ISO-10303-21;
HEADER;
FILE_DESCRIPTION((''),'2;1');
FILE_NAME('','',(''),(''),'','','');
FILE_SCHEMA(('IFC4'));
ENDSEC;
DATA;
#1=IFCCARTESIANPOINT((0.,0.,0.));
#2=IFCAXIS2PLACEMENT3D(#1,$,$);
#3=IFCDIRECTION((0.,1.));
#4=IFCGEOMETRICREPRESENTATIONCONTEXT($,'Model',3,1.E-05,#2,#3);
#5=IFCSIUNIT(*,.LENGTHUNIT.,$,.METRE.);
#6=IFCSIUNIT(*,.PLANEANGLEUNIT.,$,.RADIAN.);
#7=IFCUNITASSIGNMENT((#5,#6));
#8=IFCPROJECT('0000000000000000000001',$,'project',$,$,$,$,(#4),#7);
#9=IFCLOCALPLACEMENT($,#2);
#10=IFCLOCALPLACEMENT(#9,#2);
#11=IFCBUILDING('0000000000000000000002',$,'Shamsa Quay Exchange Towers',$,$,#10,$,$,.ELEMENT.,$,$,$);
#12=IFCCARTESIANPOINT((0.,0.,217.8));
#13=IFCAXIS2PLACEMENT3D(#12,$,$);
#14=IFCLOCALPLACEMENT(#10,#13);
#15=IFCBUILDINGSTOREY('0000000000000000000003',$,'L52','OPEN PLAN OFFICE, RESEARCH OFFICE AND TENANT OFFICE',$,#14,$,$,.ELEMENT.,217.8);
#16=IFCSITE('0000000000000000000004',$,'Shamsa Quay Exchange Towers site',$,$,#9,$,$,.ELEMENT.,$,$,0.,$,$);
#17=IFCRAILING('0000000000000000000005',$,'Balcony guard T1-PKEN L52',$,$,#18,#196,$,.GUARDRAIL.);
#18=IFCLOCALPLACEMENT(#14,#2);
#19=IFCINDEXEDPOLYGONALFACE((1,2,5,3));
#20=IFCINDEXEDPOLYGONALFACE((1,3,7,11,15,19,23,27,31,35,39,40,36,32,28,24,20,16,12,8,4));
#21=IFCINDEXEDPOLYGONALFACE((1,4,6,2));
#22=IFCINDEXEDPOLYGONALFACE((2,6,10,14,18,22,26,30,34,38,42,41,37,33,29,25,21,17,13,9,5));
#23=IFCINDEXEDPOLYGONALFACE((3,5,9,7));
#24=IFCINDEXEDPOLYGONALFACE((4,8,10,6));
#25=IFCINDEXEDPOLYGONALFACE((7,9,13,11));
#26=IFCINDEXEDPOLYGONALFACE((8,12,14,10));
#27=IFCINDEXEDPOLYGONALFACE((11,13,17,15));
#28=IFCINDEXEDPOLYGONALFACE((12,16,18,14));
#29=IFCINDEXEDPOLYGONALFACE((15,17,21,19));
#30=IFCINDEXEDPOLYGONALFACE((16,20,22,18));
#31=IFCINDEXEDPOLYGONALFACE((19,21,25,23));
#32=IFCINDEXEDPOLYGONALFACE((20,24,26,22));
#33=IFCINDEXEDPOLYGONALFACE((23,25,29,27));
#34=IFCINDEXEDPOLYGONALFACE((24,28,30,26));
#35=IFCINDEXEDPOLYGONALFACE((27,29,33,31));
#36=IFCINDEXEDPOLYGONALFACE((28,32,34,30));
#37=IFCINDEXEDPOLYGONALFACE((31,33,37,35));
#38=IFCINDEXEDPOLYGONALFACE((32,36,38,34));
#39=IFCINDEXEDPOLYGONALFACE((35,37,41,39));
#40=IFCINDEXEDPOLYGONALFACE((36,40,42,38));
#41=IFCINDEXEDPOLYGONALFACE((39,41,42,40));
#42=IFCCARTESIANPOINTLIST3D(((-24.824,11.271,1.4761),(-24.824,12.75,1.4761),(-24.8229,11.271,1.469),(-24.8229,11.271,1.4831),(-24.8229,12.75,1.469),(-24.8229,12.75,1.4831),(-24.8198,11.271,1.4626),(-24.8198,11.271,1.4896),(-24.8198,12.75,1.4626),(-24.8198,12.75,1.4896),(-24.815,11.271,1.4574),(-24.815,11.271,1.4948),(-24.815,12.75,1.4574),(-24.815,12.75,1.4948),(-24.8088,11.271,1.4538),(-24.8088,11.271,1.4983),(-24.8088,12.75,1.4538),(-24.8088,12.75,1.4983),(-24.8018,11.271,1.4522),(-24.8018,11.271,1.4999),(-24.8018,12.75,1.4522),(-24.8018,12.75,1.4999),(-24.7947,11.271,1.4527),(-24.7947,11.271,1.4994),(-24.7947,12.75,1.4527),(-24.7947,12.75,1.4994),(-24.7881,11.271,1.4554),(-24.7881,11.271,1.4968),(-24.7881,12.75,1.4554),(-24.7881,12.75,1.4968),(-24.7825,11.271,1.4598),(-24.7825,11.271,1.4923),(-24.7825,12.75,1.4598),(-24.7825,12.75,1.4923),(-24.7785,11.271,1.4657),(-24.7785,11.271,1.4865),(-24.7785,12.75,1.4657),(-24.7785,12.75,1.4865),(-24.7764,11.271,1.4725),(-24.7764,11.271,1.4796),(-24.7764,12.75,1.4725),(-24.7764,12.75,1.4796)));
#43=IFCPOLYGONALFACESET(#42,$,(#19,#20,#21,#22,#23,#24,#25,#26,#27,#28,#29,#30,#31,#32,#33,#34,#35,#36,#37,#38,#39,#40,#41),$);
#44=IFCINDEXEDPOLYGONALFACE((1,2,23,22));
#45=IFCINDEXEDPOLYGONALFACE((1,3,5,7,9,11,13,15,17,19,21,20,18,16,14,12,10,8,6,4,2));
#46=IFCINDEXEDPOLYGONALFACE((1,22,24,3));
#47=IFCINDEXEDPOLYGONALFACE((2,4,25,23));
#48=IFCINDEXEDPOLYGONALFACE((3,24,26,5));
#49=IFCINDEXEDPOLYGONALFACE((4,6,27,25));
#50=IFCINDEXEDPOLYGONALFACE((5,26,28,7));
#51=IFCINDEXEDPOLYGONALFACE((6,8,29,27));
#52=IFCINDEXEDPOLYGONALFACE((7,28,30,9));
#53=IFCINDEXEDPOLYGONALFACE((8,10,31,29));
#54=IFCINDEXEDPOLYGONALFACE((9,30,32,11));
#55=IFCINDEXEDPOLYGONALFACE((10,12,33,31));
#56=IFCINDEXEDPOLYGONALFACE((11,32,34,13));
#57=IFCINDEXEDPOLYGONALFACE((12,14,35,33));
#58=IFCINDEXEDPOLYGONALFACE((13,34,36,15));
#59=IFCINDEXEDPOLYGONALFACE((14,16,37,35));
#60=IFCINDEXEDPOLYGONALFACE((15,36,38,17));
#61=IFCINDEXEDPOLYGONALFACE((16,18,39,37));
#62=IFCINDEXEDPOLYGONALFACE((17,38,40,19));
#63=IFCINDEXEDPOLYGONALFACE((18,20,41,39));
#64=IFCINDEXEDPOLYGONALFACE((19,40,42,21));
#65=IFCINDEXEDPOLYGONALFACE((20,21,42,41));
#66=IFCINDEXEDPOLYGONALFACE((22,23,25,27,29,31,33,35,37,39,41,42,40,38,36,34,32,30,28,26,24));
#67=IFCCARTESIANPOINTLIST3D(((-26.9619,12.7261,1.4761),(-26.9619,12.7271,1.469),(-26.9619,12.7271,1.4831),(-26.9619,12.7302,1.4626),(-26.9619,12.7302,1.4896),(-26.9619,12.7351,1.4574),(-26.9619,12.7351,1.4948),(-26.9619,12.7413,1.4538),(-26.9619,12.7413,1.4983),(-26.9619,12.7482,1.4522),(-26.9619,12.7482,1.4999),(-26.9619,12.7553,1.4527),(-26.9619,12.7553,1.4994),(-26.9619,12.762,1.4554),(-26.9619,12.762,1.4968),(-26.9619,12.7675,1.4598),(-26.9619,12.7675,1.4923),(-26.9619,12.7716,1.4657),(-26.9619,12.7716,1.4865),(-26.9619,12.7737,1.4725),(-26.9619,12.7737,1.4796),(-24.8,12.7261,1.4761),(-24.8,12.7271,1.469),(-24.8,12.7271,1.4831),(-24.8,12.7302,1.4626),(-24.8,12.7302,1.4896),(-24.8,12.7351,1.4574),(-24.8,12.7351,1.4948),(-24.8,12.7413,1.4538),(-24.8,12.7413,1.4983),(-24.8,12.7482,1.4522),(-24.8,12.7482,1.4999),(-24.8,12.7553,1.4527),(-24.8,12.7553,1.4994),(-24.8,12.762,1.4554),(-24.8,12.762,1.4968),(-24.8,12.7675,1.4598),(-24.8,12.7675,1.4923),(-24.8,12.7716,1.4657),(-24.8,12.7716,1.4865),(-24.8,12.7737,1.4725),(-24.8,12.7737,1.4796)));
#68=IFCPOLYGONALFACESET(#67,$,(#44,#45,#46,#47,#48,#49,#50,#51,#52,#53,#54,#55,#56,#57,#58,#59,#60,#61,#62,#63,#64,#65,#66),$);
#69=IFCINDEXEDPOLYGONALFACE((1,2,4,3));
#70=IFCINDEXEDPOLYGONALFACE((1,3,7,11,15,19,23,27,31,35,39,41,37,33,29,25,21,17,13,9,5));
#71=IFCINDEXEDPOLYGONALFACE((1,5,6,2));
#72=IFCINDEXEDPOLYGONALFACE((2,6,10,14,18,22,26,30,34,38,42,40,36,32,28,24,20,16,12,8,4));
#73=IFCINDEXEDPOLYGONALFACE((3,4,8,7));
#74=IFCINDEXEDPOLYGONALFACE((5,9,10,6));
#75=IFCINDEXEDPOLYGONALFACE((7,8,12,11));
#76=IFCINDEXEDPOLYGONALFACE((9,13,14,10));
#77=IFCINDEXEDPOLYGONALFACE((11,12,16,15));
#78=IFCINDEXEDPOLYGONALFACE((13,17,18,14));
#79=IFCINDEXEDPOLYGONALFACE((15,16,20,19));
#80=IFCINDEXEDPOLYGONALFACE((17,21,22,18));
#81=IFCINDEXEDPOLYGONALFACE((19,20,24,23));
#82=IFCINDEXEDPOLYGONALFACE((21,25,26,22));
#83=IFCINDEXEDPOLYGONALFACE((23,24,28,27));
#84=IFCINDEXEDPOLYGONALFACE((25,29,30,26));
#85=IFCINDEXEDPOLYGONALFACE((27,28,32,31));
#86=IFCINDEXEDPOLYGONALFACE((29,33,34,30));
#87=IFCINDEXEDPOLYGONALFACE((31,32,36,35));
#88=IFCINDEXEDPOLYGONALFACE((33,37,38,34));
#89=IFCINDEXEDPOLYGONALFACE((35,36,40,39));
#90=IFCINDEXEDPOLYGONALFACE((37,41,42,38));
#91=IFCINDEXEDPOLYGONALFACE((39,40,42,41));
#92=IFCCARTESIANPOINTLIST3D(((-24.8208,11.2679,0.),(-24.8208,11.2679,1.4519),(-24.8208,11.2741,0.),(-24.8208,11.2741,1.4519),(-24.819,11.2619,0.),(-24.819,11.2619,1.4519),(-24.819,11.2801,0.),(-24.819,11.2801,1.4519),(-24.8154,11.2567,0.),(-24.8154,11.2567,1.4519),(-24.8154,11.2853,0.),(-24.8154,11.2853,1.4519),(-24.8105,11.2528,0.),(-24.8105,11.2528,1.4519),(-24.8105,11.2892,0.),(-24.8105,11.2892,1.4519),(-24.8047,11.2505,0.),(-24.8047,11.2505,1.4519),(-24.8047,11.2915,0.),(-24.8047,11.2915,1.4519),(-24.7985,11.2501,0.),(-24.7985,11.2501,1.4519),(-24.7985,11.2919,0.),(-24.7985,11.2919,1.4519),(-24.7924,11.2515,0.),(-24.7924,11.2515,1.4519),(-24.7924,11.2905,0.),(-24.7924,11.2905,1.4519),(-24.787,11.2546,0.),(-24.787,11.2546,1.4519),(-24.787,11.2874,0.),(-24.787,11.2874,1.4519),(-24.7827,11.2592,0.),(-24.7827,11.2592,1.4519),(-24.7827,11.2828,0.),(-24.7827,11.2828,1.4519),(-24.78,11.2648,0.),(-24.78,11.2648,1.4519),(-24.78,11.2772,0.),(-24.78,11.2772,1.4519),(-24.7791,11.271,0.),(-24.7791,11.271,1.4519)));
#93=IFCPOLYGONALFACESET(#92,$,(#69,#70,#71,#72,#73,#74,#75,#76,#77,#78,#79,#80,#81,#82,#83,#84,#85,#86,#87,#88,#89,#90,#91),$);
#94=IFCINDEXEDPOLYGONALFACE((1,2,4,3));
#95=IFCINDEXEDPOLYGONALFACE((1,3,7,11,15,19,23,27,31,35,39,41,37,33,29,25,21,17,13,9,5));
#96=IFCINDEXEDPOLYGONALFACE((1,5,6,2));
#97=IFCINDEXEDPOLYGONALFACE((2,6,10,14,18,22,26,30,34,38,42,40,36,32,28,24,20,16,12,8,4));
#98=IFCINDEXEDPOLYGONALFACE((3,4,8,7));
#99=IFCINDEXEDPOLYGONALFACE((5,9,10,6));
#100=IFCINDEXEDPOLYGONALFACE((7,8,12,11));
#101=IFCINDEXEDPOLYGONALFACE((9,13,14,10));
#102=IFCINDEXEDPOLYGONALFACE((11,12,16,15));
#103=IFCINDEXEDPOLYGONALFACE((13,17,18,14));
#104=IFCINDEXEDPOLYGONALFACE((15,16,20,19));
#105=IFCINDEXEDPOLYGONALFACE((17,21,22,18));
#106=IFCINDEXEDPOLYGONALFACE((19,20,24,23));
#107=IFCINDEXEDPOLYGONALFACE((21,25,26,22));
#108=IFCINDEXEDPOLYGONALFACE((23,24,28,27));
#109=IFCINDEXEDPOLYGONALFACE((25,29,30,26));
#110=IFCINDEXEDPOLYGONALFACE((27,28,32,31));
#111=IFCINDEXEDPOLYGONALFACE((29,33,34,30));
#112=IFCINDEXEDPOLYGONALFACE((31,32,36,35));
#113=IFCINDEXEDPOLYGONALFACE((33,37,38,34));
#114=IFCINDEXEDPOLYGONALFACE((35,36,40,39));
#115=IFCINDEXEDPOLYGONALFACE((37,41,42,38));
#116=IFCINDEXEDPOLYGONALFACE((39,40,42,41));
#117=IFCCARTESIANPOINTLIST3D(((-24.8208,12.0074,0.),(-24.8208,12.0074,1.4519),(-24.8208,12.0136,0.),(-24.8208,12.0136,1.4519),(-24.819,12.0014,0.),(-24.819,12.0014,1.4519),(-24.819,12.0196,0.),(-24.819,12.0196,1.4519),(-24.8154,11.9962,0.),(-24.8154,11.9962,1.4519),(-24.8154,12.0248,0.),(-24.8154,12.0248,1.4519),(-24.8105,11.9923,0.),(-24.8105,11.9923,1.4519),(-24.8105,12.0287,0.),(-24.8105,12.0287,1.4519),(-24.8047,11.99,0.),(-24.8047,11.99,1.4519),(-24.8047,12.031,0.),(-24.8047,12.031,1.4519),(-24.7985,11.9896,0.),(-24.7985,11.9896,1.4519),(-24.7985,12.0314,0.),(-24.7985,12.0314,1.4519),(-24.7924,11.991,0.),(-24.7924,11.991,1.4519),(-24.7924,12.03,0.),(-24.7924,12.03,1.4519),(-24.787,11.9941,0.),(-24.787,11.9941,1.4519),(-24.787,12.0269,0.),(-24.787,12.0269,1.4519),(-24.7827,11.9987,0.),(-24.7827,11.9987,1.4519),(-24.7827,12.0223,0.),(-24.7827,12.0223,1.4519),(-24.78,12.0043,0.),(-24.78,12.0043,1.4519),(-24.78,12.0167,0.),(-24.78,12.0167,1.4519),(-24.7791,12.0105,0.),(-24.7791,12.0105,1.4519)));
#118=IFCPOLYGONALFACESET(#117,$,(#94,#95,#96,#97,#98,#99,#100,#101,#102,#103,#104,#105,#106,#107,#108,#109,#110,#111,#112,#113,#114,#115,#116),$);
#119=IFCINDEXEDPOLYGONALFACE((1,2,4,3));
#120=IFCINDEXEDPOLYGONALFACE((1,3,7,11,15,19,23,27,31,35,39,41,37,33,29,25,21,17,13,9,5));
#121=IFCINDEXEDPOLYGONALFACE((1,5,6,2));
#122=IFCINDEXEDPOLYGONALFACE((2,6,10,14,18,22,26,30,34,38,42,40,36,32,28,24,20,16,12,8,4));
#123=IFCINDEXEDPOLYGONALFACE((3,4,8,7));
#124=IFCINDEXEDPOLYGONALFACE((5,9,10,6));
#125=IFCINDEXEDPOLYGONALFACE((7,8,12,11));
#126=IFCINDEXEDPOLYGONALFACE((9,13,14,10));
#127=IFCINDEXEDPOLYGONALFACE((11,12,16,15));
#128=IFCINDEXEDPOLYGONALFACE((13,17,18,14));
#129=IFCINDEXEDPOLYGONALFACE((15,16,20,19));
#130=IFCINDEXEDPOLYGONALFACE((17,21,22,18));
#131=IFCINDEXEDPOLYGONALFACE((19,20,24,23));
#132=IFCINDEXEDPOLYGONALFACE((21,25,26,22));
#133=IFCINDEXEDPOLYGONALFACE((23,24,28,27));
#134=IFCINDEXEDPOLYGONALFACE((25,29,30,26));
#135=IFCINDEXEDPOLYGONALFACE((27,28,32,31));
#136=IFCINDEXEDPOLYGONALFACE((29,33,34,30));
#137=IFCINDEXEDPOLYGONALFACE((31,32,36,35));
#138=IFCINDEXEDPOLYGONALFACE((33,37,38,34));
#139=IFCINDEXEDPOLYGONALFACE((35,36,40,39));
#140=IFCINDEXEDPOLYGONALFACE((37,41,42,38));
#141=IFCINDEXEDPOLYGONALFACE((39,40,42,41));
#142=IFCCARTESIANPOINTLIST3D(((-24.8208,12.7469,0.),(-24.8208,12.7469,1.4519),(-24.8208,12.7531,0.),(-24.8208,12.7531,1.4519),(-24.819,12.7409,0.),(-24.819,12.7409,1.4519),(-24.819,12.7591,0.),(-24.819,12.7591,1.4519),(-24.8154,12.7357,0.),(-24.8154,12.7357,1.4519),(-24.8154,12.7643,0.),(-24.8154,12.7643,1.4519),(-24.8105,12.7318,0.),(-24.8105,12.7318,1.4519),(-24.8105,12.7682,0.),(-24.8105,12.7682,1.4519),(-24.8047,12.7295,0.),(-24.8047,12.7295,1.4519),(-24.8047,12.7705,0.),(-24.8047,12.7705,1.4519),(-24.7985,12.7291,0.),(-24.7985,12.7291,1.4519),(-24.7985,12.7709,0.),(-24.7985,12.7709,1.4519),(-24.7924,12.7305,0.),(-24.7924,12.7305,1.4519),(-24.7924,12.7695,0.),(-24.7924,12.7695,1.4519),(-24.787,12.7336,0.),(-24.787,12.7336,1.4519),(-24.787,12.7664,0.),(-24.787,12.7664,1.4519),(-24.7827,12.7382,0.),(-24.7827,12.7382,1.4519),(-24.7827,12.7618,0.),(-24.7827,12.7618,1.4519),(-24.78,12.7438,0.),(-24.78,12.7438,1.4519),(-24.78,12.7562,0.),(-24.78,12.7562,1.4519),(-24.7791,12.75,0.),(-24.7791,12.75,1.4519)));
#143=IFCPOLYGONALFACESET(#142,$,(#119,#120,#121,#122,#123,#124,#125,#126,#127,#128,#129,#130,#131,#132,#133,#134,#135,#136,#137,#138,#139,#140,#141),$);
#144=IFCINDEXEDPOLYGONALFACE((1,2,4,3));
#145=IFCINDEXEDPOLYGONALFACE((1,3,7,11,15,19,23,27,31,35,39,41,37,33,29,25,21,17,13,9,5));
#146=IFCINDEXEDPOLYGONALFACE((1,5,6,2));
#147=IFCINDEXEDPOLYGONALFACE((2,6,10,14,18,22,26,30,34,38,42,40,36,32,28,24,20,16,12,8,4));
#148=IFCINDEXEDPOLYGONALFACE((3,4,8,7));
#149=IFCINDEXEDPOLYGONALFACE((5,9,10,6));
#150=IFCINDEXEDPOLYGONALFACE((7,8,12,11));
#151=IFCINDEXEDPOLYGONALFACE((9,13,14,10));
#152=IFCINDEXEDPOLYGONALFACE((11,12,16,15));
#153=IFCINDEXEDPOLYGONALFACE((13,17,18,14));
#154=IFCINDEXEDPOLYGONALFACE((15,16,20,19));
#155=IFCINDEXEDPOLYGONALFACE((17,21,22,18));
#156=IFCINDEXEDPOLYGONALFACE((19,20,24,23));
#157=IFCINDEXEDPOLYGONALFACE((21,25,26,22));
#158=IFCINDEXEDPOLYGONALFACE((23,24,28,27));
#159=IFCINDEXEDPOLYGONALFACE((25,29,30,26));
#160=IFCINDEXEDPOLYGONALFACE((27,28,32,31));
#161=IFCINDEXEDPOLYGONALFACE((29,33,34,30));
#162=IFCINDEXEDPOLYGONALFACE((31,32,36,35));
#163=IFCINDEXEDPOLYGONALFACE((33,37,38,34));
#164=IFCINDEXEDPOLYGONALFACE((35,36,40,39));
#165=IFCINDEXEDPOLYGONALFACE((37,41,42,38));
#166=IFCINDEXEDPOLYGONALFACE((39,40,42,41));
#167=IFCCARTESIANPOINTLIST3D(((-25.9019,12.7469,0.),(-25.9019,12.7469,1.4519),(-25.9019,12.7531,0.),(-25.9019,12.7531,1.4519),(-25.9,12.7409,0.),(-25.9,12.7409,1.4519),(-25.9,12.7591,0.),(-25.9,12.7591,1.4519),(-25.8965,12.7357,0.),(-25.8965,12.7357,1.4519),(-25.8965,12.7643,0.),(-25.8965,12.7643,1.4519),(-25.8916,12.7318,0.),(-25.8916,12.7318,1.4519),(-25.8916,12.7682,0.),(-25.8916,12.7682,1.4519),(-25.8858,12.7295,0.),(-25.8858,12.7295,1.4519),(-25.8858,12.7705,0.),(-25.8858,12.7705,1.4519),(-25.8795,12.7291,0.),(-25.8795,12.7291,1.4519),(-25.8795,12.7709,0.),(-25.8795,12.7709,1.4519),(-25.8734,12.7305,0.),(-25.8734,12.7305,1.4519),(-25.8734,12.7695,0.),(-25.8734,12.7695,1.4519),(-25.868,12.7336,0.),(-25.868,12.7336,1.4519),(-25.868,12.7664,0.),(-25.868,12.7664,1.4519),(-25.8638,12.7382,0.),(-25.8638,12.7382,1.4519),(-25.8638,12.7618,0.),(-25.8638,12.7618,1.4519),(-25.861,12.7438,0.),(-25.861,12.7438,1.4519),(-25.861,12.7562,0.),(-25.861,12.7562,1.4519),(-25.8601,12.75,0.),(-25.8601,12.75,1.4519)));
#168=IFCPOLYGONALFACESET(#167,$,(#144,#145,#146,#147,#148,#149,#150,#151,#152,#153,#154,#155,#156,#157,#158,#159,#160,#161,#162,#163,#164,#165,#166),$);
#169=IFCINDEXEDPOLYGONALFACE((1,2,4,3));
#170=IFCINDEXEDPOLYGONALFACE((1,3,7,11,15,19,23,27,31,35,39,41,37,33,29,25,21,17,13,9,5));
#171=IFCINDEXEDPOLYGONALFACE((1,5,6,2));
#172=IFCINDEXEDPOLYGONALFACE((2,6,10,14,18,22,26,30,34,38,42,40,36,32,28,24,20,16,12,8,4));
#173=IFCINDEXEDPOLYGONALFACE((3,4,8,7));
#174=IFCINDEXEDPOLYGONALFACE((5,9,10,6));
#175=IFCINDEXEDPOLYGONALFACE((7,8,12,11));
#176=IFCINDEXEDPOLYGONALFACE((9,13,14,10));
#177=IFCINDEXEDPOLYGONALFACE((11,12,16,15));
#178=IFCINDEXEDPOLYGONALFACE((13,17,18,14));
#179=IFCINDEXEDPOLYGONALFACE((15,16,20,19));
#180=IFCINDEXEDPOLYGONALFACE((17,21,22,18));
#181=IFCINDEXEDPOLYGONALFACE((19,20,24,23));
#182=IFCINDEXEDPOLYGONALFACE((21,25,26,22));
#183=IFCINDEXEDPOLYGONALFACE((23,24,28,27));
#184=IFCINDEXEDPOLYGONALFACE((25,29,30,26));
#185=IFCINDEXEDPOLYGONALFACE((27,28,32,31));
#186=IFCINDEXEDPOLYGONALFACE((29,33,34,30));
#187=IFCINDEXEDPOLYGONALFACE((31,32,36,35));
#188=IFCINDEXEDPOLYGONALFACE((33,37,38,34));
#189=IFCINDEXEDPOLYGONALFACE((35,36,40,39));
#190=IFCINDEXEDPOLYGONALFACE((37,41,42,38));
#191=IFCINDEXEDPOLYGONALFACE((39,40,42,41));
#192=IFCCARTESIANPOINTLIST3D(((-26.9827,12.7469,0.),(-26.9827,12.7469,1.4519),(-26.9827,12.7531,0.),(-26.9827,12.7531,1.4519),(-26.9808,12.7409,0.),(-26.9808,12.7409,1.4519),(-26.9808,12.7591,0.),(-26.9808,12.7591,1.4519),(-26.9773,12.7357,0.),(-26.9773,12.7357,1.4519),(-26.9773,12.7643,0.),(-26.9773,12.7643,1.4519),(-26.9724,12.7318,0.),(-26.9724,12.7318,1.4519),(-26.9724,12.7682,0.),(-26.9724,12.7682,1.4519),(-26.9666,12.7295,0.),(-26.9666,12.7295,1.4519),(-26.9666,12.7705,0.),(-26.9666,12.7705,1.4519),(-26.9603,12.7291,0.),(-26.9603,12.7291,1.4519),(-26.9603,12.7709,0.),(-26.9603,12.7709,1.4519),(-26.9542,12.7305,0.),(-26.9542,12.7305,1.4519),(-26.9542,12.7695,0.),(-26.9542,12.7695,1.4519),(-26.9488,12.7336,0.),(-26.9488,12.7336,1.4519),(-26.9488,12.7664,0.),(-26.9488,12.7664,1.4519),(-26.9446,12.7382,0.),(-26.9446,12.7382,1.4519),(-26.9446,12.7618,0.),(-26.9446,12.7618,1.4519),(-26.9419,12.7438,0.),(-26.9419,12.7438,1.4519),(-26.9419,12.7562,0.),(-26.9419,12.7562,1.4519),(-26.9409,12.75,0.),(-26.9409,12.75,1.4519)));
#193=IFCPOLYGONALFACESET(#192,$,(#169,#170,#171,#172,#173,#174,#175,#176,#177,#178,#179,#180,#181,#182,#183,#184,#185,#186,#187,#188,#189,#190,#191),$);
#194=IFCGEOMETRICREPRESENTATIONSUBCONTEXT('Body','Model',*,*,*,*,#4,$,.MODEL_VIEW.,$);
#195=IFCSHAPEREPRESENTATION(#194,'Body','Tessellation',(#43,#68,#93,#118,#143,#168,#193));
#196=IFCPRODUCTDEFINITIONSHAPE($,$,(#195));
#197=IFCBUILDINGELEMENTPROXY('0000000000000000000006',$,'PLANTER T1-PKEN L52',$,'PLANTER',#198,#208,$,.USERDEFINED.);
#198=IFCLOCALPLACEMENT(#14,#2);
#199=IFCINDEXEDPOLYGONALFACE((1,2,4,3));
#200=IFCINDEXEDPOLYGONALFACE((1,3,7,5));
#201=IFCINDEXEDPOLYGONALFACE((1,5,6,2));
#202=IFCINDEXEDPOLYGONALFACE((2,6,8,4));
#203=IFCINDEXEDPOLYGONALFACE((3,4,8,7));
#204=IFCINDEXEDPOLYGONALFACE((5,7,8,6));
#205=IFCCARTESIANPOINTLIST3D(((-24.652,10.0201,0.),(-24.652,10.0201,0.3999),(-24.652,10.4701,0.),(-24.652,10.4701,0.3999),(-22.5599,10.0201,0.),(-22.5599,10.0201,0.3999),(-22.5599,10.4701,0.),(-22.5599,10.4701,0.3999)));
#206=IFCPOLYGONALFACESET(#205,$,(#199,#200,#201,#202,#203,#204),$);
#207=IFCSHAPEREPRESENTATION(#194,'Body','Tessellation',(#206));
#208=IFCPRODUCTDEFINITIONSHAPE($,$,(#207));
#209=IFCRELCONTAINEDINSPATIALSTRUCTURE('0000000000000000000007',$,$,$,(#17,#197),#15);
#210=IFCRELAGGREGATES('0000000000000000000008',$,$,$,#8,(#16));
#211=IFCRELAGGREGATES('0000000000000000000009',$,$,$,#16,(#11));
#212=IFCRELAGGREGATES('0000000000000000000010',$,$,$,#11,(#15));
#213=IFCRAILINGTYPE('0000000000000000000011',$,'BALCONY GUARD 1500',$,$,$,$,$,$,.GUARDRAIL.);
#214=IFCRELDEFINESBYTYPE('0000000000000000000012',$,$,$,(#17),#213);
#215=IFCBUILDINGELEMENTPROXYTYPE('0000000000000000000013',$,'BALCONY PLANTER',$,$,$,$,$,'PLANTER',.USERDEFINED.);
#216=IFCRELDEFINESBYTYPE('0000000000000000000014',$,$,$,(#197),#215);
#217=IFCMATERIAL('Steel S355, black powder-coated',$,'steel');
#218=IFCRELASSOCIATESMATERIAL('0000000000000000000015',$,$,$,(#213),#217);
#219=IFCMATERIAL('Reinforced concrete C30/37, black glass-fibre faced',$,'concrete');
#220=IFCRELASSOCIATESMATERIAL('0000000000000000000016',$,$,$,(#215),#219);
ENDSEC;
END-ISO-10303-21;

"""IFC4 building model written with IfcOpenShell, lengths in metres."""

from ifc_helpers import new_model, si_unit, direction, frame, origin, origin_2d, place, context, subcontext, project, spatial, rectangle, circle, extrude, material, type_object, element, save


model = new_model("IFC4")

# Units and contexts
model_context = context("Model", 3, precision=1e-05, world=origin(), true_north=direction((0.0, 1.0)))
body_context = subcontext(model_context, "Body", "Model", "MODEL_VIEW")
ifc_project = project(units=[si_unit("LENGTHUNIT", "METRE"), si_unit("PLANEANGLEUNIT", "RADIAN")], contexts=[model_context])

# Site, building, storey
site_placement = place(None, origin())
site = spatial("IfcSite", under=ifc_project, at=site_placement, Name="Shamsa Quay Exchange Towers site", CompositionType="ELEMENT", RefElevation=0.0)
building_placement = place(site_placement, origin())
building = spatial("IfcBuilding", under=site, at=building_placement, Name="Shamsa Quay Exchange Towers", CompositionType="ELEMENT")
storey_placement = place(building_placement, frame((0.0, 0.0, 217.8)))
storey = spatial("IfcBuildingStorey", under=building, at=storey_placement, Name="L52", Description="OPEN PLAN OFFICE, RESEARCH OFFICE AND TENANT OFFICE", CompositionType="ELEMENT", Elevation=217.8)

# Railing
ifc_material_1 = material(Name="Steel S355, black powder-coated", Category="steel")
railing_type_1 = type_object("IfcRailingType", Name="BALCONY GUARD 1500", PredefinedType="GUARDRAIL", material=ifc_material_1)
for number, where, name in (
    (1, (-24.8, 11.271, 0.0), "Balcony guard T1-PKEN L52"),
):
    element("IfcRailing", number, at=place(storey_placement, frame(where)), inside=storey, type_object=railing_type_1, Name=name, PredefinedType="GUARDRAIL", context=body_context, shape_type="SweptSolid", body=[
        extrude(circle(Radius=0.0239, at=origin_2d()), frame((0.0, 0.0, 1.4761), z_axis=(0.0, 1.0, 0.0), x_axis=(-1.0, 0.0, 0.0)), (0.0, 0.0, 1.0), 1.479),
        extrude(circle(Radius=0.0239, at=origin_2d()), frame((0.0, 1.479, 1.4761), z_axis=(-1.0, 0.0, 0.0), x_axis=(0.0, -1.0, 0.0)), (0.0, 0.0, 1.0), 2.1619),
        extrude(circle(Radius=0.021, at=origin_2d()), origin(), (0.0, 0.0, 1.0), 1.4519),
        extrude(circle(Radius=0.021, at=origin_2d()), frame((0.0, 0.7395, 0.0)), (0.0, 0.0, 1.0), 1.4519),
        extrude(circle(Radius=0.021, at=origin_2d()), frame((0.0, 1.479, 0.0)), (0.0, 0.0, 1.0), 1.4519),
        extrude(circle(Radius=0.021, at=origin_2d()), frame((-1.0811, 1.479, 0.0)), (0.0, 0.0, 1.0), 1.4519),
        extrude(circle(Radius=0.021, at=origin_2d()), frame((-2.1619, 1.479, 0.0)), (0.0, 0.0, 1.0), 1.4519),
    ])

# Building element proxy
ifc_material_2 = material(Name="Reinforced concrete C30/37, black glass-fibre faced", Category="concrete")
building_element_proxy_type = type_object("IfcBuildingElementProxyType", Name="BALCONY PLANTER", ElementType="PLANTER", PredefinedType="USERDEFINED", material=ifc_material_2)
for number, where, z_axis, x_axis, name in (
    (2, (-23.606, 10.2451, 0.0), (0.0, 0.0, 1.0), (-1.0, 0.0, 0.0), "PLANTER T1-PKEN L52"),
):
    element("IfcBuildingElementProxy", number, at=place(storey_placement, frame(where, z_axis=z_axis, x_axis=x_axis)), inside=storey, type_object=building_element_proxy_type, Name=name, ObjectType="PLANTER", PredefinedType="USERDEFINED", context=body_context, shape_type="SweptSolid", body=[
        extrude(rectangle(XDim=2.092, YDim=0.45, at=origin_2d()), origin(), (0.0, 0.0, 1.0), 0.3999),
    ])

save(model, "model.ifc")
